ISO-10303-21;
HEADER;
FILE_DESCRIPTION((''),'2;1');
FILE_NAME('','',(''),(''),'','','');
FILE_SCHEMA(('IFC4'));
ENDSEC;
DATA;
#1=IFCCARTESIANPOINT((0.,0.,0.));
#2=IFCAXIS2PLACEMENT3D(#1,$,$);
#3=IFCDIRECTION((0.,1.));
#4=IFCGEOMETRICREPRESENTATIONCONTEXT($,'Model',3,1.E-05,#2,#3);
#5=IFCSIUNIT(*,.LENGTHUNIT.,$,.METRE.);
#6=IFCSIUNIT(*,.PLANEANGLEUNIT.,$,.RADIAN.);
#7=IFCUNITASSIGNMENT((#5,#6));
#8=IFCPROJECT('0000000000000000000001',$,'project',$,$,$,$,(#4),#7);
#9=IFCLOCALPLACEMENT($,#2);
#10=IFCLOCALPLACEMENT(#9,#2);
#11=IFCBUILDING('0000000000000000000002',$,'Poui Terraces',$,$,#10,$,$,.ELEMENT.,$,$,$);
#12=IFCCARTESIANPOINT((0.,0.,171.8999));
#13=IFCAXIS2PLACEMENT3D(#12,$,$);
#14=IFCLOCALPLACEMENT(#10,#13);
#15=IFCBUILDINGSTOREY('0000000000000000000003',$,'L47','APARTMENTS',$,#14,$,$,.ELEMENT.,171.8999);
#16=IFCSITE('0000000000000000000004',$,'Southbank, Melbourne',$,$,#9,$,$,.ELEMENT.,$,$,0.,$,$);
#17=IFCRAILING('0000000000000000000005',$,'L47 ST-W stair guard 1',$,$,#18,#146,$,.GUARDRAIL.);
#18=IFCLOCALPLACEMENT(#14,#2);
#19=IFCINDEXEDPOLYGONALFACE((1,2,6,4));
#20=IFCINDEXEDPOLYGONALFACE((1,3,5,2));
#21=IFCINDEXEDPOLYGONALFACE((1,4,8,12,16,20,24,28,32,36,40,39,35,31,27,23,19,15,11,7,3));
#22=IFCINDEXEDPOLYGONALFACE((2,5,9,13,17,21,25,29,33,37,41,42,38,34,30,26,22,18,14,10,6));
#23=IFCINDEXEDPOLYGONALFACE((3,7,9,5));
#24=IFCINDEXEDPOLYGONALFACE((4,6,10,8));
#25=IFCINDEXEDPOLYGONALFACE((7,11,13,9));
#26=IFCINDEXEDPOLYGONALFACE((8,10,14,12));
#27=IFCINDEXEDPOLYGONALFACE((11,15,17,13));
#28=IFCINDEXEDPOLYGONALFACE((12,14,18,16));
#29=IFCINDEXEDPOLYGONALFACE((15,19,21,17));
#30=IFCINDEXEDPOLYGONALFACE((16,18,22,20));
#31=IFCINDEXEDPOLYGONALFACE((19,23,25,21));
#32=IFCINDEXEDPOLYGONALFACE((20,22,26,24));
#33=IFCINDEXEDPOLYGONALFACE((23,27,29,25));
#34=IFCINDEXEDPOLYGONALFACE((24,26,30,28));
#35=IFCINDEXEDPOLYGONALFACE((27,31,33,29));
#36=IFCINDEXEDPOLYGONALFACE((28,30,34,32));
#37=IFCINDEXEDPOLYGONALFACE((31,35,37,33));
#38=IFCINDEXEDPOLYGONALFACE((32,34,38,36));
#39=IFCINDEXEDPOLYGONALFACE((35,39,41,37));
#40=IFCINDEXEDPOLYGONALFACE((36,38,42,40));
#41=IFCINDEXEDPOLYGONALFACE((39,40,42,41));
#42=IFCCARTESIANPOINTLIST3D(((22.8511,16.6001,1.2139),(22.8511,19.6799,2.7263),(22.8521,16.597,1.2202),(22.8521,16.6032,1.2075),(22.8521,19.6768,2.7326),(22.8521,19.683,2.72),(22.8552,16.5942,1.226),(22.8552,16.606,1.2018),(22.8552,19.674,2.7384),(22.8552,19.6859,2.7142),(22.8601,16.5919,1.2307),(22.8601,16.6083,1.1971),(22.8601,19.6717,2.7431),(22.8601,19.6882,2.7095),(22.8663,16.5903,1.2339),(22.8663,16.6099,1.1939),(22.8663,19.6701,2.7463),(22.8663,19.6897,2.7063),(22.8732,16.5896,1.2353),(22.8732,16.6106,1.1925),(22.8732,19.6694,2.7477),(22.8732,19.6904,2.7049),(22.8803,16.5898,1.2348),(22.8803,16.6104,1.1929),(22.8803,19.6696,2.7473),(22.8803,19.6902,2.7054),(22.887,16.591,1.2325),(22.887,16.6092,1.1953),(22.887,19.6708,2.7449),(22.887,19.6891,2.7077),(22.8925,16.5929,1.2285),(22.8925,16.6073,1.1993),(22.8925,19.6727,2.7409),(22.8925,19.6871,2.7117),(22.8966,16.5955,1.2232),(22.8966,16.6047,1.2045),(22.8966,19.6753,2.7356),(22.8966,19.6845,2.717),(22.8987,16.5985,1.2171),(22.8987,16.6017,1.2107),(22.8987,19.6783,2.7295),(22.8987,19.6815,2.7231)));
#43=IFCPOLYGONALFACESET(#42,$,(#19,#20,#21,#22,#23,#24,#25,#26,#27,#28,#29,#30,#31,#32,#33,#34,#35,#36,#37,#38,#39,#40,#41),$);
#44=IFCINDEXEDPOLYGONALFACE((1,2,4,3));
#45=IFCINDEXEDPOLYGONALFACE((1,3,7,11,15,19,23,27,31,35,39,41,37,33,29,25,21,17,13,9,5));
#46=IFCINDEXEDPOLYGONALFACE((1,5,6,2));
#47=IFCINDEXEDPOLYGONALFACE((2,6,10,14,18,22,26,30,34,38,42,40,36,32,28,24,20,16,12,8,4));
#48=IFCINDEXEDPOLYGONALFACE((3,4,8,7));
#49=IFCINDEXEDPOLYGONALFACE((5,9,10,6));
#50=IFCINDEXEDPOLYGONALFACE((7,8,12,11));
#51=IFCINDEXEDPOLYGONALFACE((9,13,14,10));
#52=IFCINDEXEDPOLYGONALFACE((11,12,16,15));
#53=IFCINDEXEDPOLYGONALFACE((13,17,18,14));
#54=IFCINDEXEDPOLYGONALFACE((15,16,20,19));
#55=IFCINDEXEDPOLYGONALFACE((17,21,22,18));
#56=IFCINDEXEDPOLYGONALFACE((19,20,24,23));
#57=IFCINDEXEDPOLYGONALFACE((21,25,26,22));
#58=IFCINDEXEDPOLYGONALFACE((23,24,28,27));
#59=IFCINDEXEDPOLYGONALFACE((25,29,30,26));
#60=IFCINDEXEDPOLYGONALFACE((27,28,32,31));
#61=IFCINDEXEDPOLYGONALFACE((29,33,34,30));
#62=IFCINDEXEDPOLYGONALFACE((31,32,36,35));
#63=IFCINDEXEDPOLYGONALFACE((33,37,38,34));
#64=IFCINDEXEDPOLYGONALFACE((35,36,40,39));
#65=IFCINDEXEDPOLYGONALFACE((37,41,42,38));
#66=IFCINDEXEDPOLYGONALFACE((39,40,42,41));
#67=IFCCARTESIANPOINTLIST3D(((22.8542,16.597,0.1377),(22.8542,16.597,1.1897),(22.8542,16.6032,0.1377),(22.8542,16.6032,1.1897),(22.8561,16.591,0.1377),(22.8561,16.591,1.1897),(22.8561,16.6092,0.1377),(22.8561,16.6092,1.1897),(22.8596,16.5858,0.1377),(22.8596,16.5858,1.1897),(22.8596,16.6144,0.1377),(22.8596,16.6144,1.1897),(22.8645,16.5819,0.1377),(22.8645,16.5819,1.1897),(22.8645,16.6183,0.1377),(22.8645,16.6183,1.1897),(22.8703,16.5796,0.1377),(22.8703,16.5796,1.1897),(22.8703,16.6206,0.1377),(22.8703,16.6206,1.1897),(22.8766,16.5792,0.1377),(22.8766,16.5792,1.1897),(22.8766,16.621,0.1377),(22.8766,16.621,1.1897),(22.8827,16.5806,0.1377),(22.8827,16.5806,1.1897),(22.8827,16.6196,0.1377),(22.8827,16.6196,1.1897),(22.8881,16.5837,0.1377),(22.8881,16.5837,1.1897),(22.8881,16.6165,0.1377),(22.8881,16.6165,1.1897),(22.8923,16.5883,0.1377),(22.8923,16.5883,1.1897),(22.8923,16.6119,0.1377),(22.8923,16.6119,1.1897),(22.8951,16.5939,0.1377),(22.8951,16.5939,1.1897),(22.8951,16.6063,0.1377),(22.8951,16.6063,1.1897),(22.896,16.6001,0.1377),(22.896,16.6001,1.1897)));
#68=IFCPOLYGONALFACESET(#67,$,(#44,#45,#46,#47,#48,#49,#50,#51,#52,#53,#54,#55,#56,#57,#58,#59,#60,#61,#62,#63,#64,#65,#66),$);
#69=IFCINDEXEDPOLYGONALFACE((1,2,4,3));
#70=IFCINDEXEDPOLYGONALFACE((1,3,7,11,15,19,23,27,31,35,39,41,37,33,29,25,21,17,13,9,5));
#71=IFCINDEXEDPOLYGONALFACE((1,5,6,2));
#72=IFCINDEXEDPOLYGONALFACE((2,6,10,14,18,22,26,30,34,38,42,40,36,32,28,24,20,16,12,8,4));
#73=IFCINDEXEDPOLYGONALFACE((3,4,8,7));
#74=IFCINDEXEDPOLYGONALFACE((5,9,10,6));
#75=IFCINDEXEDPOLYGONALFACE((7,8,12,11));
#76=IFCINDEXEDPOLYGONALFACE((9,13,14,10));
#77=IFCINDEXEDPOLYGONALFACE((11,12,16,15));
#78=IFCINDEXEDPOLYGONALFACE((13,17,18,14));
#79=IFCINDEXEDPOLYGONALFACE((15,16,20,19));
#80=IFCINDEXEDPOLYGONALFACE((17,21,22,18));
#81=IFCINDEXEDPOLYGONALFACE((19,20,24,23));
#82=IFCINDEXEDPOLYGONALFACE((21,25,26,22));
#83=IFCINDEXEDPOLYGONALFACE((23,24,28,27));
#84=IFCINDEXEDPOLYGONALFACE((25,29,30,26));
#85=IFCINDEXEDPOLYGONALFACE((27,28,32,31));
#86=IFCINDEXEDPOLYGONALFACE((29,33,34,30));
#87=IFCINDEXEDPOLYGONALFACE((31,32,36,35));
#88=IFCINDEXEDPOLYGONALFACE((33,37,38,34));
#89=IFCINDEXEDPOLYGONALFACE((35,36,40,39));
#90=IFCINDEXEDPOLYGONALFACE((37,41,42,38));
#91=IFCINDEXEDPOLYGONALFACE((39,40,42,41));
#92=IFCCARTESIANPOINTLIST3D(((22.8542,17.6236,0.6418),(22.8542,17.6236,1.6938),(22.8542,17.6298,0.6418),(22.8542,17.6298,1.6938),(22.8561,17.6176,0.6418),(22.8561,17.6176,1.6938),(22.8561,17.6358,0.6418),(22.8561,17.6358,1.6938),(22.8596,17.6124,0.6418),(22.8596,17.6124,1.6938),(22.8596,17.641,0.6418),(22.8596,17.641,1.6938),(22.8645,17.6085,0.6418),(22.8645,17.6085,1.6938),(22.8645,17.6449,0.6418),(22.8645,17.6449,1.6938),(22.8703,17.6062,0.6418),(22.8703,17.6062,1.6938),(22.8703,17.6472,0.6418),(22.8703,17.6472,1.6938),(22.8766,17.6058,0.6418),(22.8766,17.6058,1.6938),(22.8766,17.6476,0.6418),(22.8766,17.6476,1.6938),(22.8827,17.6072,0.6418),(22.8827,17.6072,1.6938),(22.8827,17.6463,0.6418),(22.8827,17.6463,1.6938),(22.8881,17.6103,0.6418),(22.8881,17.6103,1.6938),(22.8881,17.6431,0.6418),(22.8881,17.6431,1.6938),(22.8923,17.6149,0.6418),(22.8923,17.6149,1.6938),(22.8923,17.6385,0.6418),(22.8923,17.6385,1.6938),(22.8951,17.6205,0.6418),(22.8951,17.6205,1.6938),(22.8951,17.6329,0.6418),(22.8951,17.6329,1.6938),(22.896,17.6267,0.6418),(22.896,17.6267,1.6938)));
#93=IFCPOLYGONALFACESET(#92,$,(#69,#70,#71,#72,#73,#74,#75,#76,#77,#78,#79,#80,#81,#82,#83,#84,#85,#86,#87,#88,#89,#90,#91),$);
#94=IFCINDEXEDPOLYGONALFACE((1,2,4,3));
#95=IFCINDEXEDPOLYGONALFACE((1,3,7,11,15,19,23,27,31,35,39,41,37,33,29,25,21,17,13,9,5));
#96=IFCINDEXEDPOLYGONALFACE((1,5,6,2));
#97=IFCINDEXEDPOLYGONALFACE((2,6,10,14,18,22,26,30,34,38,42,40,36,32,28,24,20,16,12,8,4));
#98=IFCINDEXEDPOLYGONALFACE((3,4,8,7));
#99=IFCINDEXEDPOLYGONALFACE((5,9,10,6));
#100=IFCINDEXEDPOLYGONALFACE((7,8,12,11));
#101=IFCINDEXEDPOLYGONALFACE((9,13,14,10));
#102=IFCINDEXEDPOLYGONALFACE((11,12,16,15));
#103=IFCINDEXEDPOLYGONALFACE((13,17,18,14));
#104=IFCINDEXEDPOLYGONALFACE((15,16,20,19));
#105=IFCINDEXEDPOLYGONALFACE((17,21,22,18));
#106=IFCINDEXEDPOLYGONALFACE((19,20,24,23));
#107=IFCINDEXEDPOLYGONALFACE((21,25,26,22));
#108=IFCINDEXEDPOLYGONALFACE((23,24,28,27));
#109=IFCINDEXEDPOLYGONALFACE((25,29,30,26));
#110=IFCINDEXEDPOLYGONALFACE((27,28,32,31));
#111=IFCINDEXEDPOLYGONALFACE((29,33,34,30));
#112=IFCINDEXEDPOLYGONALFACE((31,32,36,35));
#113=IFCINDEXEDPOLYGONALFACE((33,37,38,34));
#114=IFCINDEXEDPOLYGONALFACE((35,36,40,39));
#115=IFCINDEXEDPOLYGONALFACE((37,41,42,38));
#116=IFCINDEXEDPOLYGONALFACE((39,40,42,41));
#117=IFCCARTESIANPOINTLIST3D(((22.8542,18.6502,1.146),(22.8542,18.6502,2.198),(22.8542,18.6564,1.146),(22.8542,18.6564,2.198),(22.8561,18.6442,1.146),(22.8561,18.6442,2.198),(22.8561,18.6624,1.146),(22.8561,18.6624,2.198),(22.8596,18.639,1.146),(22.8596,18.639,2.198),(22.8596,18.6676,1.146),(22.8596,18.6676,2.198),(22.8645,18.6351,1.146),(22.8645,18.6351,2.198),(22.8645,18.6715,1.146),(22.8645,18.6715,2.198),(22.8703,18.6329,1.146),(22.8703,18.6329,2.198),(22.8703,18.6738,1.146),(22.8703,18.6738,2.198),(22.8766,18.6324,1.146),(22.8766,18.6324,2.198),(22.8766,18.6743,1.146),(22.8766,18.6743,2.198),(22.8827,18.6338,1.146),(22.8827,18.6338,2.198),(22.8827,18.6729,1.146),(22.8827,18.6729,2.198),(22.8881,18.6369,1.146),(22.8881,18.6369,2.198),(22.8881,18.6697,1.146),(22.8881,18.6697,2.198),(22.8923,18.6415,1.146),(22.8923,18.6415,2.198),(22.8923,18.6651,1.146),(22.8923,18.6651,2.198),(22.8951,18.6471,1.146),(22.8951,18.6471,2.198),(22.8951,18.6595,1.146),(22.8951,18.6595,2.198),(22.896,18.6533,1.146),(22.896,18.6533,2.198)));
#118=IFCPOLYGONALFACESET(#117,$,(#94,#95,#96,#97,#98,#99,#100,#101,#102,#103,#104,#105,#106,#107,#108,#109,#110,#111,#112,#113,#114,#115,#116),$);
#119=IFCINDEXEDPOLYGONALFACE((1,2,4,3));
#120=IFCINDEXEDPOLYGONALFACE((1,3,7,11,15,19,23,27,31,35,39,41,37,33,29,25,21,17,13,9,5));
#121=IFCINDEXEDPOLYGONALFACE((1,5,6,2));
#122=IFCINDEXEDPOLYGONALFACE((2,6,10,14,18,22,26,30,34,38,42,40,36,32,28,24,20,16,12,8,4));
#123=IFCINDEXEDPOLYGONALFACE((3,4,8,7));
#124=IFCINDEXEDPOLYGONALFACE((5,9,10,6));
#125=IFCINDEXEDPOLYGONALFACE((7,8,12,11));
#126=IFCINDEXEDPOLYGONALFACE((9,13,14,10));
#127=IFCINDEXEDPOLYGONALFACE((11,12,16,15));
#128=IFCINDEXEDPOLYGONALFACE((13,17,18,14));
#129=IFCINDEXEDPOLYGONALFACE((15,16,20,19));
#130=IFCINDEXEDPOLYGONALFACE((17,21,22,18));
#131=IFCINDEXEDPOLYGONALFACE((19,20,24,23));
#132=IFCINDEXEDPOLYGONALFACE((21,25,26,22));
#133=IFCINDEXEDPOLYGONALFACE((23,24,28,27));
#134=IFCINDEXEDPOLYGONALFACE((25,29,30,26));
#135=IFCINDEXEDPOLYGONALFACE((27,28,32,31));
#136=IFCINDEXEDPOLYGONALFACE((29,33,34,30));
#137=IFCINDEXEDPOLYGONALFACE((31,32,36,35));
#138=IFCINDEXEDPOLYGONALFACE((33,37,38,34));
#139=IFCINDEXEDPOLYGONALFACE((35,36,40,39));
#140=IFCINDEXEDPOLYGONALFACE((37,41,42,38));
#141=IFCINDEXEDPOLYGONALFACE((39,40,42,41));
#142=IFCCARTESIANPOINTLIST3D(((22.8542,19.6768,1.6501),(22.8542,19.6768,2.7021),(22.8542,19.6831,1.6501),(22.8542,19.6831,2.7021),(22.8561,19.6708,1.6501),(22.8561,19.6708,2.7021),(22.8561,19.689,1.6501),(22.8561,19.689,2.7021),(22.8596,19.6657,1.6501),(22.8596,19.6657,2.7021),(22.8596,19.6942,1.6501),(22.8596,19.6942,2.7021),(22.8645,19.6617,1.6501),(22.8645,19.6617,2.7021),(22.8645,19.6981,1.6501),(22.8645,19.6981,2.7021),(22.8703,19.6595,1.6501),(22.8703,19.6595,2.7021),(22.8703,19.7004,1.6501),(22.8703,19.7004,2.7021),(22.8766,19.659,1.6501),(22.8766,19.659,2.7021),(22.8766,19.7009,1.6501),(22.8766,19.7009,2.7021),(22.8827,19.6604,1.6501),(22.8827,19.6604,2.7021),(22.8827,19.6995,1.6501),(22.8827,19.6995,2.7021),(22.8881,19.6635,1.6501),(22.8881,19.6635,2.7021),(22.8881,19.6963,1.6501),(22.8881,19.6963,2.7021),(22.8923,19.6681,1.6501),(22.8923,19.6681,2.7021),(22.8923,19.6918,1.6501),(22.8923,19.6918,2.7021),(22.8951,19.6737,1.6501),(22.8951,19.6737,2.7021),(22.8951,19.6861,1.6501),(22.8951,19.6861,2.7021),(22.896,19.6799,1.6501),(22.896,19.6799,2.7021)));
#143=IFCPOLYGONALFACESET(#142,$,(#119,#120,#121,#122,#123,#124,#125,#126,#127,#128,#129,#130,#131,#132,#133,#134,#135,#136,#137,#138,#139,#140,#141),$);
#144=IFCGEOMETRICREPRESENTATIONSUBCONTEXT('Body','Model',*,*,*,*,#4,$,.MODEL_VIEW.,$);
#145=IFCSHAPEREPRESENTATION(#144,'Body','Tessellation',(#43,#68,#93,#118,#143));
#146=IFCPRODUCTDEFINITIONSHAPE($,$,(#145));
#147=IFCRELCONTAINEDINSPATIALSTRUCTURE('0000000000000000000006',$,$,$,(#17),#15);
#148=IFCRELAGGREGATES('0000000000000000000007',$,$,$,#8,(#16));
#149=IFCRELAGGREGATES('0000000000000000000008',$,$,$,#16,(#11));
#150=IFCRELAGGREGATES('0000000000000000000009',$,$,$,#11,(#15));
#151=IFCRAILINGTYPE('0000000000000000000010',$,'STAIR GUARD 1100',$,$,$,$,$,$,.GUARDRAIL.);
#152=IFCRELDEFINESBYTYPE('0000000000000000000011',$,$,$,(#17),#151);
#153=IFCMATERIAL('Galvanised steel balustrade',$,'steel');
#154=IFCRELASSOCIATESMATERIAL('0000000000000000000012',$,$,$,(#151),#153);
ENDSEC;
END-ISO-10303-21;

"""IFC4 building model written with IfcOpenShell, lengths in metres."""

from ifc_helpers import new_model, si_unit, direction, frame, origin, origin_2d, place, context, subcontext, project, spatial, circle, extrude, material, type_object, element, save


model = new_model("IFC4")

# Units and contexts
model_context = context("Model", 3, precision=1e-05, world=origin(), true_north=direction((0.0, 1.0)))
body_context = subcontext(model_context, "Body", "Model", "MODEL_VIEW")
ifc_project = project(units=[si_unit("LENGTHUNIT", "METRE"), si_unit("PLANEANGLEUNIT", "RADIAN")], contexts=[model_context])

# Site, building, storey
site_placement = place(None, origin())
site = spatial("IfcSite", under=ifc_project, at=site_placement, Name="Southbank, Melbourne", CompositionType="ELEMENT", RefElevation=0.0)
building_placement = place(site_placement, origin())
building = spatial("IfcBuilding", under=site, at=building_placement, Name="Poui Terraces", CompositionType="ELEMENT")
storey_placement = place(building_placement, frame((0.0, 0.0, 171.8999)))
storey = spatial("IfcBuildingStorey", under=building, at=storey_placement, Name="L47", Description="APARTMENTS", CompositionType="ELEMENT", Elevation=171.8999)

# Railing
ifc_material_1 = material(Name="Galvanised steel balustrade", Category="steel")
railing_type_1 = type_object("IfcRailingType", Name="STAIR GUARD 1100", PredefinedType="GUARDRAIL", material=ifc_material_1)
railing_1_placement = place(storey_placement, frame((22.875, 16.6001, 0.1377)))
element("IfcRailing", 1, at=railing_1_placement, inside=storey, type_object=railing_type_1, Name="L47 ST-W stair guard 1", PredefinedType="GUARDRAIL", context=body_context, shape_type="SweptSolid", body=[
    extrude(circle(Radius=0.0239, at=origin_2d()), frame((0.0, 0.0, 1.0762), z_axis=(0.0, 0.897606, 0.440798), x_axis=(-1.0, 0.0, 0.0)), (0.0, 0.0, 1.0), 3.4312),
    extrude(circle(Radius=0.021, at=origin_2d()), origin(), (0.0, 0.0, 1.0), 1.052),
    extrude(circle(Radius=0.021, at=origin_2d()), frame((0.0, 1.0266, 0.5042)), (0.0, 0.0, 1.0), 1.052),
    extrude(circle(Radius=0.021, at=origin_2d()), frame((0.0, 2.0532, 1.0083)), (0.0, 0.0, 1.0), 1.052),
    extrude(circle(Radius=0.021, at=origin_2d()), frame((0.0, 3.0798, 1.5125)), (0.0, 0.0, 1.0), 1.052),
])

save(model, "model.ifc")
